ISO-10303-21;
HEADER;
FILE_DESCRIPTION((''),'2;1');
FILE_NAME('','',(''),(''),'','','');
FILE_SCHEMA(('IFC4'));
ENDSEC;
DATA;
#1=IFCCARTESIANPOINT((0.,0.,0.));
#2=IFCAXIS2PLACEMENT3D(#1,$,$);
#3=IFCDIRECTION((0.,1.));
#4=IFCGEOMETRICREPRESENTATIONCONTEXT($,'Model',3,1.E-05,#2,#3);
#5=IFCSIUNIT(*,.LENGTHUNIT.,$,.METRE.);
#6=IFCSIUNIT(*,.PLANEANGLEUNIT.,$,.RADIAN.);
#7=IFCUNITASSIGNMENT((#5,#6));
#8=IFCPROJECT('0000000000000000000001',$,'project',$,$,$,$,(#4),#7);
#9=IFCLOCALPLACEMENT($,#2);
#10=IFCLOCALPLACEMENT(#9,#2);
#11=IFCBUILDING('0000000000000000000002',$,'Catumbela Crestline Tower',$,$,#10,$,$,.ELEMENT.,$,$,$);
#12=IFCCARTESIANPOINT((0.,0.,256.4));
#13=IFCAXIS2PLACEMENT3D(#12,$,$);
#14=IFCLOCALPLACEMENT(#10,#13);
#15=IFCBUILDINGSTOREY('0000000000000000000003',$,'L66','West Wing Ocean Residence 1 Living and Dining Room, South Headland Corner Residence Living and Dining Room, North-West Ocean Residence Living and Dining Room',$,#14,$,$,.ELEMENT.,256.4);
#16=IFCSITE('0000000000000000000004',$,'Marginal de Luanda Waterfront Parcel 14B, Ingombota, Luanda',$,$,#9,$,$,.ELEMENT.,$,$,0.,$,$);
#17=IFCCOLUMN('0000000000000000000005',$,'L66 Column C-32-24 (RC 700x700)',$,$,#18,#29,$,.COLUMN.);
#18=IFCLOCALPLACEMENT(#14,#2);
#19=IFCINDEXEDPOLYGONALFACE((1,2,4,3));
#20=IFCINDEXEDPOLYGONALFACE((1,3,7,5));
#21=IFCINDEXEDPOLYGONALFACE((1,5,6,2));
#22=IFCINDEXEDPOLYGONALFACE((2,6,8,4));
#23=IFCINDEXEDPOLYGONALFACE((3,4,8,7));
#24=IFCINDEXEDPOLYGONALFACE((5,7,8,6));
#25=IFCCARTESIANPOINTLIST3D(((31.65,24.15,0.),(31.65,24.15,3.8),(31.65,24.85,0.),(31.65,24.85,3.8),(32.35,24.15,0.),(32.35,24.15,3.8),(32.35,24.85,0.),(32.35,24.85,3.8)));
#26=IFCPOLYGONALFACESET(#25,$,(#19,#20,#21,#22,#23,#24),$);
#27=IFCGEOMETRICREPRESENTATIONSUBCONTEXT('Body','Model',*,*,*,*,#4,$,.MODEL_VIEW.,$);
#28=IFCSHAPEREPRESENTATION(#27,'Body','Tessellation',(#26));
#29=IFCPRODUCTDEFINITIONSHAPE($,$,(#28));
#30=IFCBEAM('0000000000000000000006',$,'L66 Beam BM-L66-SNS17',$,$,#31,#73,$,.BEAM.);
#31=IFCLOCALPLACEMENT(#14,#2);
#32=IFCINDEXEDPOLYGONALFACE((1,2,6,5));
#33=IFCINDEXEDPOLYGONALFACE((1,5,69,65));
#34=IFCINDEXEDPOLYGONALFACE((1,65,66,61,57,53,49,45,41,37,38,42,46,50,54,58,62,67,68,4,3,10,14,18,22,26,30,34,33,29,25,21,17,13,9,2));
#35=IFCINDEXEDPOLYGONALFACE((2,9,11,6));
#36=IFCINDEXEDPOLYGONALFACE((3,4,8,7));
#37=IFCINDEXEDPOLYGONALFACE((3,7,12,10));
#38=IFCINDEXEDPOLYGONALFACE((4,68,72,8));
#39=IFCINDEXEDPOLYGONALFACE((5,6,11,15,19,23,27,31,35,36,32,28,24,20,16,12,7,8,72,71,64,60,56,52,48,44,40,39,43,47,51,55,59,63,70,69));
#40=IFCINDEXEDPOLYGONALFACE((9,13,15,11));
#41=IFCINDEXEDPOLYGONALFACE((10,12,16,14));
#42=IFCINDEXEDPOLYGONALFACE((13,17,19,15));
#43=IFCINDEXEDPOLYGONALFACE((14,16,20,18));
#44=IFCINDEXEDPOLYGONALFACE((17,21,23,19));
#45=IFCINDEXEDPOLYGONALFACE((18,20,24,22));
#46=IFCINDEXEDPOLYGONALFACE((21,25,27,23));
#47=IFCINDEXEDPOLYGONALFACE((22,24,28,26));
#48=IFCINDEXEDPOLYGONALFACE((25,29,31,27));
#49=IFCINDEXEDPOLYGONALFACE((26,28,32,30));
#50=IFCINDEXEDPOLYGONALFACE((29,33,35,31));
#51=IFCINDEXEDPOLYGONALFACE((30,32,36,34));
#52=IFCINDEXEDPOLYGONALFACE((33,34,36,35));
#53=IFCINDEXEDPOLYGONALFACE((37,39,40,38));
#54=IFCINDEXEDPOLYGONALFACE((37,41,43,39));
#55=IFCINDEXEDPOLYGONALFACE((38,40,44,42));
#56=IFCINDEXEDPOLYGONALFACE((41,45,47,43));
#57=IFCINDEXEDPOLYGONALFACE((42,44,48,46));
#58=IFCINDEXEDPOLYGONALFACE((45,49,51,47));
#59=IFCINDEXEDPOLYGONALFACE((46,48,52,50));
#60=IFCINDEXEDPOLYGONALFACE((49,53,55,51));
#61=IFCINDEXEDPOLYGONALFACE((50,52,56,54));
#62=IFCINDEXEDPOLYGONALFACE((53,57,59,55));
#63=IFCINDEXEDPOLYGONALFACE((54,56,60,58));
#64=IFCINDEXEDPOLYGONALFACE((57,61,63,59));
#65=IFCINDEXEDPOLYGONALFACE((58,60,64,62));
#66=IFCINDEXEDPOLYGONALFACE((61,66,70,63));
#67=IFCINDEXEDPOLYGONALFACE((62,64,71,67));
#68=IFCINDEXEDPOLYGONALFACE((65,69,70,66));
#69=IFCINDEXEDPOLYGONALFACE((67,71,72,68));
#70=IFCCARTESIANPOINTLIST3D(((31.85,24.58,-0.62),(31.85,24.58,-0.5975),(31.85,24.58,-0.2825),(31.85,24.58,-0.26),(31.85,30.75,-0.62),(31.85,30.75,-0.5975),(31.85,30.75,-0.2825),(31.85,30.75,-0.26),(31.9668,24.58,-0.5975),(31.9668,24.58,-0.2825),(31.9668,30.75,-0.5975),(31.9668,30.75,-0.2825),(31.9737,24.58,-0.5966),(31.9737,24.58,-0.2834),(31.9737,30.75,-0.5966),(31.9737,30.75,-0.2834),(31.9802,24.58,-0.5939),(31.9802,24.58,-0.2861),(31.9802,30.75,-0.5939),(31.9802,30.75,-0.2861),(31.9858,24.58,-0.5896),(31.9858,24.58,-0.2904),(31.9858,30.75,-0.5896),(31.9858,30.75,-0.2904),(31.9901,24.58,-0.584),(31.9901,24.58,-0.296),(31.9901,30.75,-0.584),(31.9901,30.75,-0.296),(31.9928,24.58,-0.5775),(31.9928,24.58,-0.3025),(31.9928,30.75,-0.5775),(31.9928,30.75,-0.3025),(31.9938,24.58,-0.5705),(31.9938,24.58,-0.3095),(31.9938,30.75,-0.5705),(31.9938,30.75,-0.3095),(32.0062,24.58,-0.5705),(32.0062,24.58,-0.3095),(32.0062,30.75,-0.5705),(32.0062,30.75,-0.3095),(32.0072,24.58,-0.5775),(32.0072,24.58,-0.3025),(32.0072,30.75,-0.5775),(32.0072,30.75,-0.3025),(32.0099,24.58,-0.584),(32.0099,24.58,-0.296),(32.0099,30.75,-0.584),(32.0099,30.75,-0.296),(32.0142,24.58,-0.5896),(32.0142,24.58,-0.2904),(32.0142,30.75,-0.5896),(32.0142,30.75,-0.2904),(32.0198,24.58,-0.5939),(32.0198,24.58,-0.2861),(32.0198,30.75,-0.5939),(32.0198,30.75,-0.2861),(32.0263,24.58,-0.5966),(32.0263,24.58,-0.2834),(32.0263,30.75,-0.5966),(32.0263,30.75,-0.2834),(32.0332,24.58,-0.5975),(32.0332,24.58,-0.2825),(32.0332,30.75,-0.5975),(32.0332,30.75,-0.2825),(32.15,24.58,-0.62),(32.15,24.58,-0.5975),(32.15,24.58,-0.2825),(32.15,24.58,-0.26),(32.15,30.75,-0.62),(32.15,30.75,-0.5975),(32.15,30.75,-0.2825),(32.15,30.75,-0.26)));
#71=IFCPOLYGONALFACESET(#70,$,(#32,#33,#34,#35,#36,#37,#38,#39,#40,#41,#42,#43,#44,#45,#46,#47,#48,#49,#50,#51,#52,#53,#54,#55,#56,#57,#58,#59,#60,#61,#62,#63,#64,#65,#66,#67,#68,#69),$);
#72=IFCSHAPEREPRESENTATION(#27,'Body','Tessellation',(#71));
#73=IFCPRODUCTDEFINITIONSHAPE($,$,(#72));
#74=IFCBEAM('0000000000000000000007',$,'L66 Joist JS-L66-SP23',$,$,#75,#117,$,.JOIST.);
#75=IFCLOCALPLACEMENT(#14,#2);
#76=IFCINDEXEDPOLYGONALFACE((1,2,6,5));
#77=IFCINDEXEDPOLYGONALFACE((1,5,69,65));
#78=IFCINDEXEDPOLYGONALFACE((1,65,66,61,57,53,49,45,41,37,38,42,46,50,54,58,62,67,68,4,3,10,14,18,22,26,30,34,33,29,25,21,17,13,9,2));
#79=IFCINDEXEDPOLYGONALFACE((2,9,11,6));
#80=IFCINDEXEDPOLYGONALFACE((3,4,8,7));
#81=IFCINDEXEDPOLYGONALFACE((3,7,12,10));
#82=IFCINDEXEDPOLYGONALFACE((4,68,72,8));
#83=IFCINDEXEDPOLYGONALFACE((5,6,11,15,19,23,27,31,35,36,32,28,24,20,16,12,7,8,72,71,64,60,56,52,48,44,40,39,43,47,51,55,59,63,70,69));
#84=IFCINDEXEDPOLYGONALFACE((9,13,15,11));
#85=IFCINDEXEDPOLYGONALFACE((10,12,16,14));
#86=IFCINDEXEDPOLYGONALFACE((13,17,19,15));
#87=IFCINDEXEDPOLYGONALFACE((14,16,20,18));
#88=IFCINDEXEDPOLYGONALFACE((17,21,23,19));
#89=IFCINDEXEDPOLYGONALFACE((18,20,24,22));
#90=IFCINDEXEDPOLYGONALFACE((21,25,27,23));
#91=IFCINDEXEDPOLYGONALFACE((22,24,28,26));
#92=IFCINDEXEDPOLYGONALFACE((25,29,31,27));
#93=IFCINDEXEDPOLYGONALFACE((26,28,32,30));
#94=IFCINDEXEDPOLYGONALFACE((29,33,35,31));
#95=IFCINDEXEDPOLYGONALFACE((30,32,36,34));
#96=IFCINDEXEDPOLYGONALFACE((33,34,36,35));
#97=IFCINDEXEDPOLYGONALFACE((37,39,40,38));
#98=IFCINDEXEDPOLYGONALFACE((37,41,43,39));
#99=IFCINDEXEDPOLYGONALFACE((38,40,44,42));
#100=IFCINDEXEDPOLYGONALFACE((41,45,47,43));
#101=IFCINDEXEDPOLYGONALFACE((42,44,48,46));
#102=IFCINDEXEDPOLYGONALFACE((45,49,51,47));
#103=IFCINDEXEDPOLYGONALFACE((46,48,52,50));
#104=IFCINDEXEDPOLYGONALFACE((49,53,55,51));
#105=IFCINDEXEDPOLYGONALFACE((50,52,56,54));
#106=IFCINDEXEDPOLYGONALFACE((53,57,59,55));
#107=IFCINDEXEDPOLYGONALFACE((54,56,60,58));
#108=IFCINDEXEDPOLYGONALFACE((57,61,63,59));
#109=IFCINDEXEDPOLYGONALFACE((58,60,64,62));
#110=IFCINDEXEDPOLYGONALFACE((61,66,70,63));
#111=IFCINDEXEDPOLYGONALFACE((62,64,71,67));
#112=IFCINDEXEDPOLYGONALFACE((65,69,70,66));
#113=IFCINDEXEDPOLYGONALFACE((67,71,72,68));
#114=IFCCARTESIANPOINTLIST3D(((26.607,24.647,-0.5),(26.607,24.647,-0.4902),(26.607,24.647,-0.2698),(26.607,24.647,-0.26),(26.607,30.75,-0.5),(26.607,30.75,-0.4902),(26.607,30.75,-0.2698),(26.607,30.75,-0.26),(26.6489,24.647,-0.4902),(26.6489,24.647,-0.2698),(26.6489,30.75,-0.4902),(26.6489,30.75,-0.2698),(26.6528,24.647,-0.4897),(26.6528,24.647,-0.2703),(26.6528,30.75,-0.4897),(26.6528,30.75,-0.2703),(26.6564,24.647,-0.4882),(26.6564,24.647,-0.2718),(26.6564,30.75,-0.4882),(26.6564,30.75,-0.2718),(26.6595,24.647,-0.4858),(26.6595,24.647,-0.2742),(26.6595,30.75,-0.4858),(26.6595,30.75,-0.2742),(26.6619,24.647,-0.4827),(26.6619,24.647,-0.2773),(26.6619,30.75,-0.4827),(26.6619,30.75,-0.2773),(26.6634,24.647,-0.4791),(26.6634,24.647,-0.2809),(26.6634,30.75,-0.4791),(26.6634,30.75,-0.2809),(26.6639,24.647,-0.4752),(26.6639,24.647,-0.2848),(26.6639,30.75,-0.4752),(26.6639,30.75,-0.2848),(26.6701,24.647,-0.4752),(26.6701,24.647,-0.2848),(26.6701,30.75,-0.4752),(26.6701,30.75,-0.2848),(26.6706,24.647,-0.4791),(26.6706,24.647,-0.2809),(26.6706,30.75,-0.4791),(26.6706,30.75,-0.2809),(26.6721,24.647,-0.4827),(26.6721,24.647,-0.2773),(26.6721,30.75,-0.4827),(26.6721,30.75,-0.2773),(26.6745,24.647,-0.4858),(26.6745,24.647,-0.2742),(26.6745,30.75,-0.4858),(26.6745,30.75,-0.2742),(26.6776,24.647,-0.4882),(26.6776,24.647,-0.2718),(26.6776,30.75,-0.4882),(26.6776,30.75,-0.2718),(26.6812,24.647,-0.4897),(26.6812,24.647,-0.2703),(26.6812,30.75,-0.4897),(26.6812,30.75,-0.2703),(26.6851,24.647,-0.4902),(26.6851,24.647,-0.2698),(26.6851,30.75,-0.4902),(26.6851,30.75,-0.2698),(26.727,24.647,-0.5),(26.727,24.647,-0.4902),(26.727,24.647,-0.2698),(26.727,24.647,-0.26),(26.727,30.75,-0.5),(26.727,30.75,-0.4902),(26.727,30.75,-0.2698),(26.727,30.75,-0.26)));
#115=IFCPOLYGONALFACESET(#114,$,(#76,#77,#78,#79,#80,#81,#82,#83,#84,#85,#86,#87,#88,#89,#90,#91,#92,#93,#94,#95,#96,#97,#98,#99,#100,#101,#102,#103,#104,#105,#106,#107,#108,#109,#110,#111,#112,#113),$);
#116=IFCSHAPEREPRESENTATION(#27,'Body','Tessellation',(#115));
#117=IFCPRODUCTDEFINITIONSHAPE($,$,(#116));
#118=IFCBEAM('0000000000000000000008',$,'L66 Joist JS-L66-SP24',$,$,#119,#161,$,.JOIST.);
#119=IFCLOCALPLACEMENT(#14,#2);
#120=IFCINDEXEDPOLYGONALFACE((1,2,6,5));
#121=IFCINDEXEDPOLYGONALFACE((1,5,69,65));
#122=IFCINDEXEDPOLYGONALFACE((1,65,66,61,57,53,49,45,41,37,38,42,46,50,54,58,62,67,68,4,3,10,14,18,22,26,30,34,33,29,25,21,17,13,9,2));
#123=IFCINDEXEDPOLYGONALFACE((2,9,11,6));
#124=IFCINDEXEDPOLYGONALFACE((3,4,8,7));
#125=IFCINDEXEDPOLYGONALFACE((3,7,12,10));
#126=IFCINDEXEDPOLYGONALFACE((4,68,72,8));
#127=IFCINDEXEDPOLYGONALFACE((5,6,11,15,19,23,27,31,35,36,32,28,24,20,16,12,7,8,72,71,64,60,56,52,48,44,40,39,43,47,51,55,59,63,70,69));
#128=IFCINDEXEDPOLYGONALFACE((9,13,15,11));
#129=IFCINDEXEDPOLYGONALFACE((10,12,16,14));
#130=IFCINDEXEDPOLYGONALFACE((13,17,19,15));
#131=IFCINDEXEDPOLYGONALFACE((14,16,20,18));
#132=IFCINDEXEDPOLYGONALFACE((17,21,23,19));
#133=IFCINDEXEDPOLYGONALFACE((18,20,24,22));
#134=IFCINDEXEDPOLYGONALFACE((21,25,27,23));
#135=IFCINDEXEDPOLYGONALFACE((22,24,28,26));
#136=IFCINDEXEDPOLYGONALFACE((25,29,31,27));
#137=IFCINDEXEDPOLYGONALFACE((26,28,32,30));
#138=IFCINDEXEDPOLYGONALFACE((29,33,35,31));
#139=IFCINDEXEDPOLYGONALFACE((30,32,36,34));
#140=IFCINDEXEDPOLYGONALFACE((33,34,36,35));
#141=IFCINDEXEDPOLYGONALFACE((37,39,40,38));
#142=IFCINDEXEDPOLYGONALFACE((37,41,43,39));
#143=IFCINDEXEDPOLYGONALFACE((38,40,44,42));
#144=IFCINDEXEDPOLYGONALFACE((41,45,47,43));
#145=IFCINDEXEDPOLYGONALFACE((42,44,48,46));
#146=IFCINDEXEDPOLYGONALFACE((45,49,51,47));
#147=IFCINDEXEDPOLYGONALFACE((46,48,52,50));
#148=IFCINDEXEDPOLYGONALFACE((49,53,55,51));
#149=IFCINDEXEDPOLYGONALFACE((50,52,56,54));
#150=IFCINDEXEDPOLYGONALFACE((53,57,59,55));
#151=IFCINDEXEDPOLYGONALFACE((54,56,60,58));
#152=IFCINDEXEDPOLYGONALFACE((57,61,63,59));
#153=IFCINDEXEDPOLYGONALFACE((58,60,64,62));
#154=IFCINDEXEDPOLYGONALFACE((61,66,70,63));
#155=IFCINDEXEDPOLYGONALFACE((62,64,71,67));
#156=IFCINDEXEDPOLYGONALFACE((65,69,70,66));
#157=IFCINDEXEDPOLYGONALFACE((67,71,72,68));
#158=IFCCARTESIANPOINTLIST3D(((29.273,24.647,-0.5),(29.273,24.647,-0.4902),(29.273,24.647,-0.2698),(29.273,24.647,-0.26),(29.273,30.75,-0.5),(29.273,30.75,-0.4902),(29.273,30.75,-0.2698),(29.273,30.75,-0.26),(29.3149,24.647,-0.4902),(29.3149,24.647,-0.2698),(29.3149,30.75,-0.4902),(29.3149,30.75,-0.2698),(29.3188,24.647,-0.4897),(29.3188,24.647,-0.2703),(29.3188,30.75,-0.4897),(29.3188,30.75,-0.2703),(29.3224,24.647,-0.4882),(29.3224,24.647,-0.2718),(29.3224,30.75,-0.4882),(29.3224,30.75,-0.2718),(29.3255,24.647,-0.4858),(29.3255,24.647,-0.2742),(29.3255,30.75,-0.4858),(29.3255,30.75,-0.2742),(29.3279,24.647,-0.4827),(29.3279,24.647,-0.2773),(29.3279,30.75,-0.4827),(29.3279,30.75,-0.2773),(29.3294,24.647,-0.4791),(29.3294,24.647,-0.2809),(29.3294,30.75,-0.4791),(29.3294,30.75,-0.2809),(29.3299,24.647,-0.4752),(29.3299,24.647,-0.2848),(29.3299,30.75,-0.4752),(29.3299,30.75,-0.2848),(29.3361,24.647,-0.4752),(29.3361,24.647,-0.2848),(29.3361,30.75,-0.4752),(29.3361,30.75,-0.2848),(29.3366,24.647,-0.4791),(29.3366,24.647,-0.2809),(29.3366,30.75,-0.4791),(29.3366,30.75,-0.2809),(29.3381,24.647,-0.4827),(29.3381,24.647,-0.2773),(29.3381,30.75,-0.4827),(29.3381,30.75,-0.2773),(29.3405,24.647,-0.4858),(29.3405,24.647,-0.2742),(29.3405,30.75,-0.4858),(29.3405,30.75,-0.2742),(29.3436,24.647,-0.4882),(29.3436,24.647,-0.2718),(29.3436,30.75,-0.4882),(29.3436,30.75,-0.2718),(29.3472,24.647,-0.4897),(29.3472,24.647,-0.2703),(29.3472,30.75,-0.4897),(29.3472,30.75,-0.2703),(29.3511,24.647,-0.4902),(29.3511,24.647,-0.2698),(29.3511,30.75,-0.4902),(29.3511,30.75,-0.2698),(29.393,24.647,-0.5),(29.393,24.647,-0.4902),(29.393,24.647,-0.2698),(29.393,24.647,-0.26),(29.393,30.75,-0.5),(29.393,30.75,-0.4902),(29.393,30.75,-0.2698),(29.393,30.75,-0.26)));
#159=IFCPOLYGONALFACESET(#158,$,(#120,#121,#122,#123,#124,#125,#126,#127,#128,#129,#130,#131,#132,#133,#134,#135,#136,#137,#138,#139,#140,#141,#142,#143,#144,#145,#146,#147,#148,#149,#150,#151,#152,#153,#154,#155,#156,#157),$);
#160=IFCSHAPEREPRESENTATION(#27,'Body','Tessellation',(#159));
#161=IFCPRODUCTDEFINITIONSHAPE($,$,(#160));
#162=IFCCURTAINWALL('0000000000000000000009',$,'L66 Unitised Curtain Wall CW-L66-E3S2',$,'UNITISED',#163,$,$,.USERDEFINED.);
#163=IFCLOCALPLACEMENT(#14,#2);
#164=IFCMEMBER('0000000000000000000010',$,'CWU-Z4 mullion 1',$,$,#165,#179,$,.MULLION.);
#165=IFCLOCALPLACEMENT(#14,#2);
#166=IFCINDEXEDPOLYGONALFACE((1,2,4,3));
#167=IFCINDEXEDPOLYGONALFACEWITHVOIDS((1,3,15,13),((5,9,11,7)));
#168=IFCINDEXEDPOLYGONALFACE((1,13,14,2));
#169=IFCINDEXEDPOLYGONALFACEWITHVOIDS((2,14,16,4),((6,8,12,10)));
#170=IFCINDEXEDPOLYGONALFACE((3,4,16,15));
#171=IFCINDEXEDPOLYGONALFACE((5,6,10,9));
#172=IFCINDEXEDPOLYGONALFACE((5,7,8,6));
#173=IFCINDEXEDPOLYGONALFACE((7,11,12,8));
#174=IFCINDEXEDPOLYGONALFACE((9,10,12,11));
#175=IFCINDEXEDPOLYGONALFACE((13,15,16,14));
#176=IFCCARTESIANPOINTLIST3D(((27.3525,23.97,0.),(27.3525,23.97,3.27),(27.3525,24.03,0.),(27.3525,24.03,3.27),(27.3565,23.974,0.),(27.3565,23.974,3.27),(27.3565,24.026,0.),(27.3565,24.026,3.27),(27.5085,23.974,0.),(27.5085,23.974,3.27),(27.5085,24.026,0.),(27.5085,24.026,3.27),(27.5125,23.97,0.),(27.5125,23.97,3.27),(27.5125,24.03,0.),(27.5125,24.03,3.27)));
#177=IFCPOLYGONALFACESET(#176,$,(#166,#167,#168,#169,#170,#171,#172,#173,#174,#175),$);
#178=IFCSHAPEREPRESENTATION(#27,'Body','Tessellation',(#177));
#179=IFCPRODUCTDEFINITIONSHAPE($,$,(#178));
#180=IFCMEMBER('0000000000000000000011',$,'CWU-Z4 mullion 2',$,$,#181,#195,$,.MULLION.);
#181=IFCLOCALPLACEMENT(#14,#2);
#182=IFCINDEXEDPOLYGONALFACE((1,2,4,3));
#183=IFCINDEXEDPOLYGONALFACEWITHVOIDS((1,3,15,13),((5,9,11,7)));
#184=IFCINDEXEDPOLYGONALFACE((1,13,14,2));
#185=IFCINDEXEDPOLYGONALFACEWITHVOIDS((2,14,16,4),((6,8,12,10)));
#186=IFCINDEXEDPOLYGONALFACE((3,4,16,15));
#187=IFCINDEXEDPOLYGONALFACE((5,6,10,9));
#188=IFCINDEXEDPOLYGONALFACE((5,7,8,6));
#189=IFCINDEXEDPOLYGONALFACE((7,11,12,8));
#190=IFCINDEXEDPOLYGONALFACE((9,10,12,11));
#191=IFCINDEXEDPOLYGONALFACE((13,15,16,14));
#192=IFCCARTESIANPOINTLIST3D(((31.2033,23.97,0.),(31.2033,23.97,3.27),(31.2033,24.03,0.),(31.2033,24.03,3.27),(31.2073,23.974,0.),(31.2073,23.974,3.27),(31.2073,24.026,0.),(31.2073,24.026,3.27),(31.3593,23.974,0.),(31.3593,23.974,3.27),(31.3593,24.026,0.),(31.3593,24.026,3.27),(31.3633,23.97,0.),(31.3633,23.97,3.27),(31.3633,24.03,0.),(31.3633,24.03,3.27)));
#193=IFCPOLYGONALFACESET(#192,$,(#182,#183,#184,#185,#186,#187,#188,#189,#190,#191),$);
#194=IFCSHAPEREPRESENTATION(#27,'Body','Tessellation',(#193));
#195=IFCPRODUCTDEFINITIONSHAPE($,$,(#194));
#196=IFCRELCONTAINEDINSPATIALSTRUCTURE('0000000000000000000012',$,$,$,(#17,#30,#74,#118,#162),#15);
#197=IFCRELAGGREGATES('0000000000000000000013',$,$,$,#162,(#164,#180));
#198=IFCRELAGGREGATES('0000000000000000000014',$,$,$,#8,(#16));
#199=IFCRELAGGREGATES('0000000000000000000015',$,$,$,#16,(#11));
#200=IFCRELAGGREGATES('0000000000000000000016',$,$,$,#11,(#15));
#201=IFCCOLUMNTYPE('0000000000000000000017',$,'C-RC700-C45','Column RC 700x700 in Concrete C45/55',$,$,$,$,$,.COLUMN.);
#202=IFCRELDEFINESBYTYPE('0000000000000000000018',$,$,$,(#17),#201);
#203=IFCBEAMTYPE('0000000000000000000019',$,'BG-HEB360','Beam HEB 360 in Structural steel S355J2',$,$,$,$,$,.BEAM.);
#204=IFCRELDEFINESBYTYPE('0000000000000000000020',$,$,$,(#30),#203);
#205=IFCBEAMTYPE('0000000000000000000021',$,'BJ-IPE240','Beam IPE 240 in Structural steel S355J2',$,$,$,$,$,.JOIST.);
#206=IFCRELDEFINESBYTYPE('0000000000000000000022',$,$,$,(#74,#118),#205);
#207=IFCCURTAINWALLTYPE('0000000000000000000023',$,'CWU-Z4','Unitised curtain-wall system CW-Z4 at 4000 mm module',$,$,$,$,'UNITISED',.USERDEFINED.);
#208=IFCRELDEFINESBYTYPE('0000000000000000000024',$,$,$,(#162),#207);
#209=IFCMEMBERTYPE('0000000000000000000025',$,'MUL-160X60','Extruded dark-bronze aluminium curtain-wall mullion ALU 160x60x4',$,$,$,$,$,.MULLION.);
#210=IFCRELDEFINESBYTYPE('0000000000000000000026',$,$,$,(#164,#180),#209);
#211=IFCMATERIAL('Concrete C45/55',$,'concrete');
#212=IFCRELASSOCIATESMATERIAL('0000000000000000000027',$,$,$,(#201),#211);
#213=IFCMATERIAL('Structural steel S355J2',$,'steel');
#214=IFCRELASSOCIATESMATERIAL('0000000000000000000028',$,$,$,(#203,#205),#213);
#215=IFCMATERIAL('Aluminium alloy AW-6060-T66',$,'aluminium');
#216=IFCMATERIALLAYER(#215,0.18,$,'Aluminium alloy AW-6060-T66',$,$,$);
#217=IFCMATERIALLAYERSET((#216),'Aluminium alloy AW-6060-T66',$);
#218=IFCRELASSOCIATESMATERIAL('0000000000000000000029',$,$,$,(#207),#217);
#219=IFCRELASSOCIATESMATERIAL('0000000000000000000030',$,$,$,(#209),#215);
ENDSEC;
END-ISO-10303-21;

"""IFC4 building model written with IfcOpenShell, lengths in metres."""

from ifc_helpers import new_model, si_unit, direction, frame, origin, origin_2d, place, context, subcontext, project, spatial, rectangle, hollow_rectangle, i_section, extrude, material, layer, layer_set, material_profile, profile_set, type_object, element, aggregate, save


model = new_model("IFC4")

# Units and contexts
model_context = context("Model", 3, precision=1e-05, world=origin(), true_north=direction((0.0, 1.0)))
body_context = subcontext(model_context, "Body", "Model", "MODEL_VIEW")
ifc_project = project(units=[si_unit("LENGTHUNIT", "METRE"), si_unit("PLANEANGLEUNIT", "RADIAN")], contexts=[model_context])

# Site, building, storey
site_placement = place(None, origin())
site = spatial("IfcSite", under=ifc_project, at=site_placement, Name="Marginal de Luanda Waterfront Parcel 14B, Ingombota, Luanda", CompositionType="ELEMENT", RefElevation=0.0)
building_placement = place(site_placement, origin())
building = spatial("IfcBuilding", under=site, at=building_placement, Name="Catumbela Crestline Tower", CompositionType="ELEMENT")
storey_placement = place(building_placement, frame((0.0, 0.0, 256.4)))
storey = spatial("IfcBuildingStorey", under=building, at=storey_placement, Name="L66", Description="West Wing Ocean Residence 1 Living and Dining Room, South Headland Corner Residence Living and Dining Room, North-West Ocean Residence Living and Dining Room", CompositionType="ELEMENT", Elevation=256.4)

# Column
ifc_material_1 = material(Name="Concrete C45/55", Category="concrete")
ifc_material_profile_1 = material_profile(ifc_material_1, rectangle(XDim=0.7, YDim=0.7, at=origin_2d()), Name="RC 700x700")
ifc_profile_set_1 = profile_set([ifc_material_profile_1], Name="Concrete C45/55")
column_type = type_object("IfcColumnType", Name="C-RC700-C45", Description="Column RC 700x700 in Concrete C45/55", PredefinedType="COLUMN", material=ifc_profile_set_1)
column_placement = place(storey_placement, frame((32.0, 24.5, 0.0), z_axis=(0.0, 0.0, 1.0), x_axis=(1.0, 0.0, 0.0)))
element("IfcColumn", 1, at=column_placement, inside=storey, type_object=column_type, Name="L66 Column C-32-24 (RC 700x700)", PredefinedType="COLUMN", context=body_context, shape_type="SweptSolid", body=[
    extrude(rectangle(XDim=0.7, YDim=0.7, at=origin_2d()), origin(), (0.0, 0.0, 1.0), 3.8),
])

# Beams
ifc_material_2 = material(Name="Structural steel S355J2", Category="steel")
ifc_material_profile_2 = material_profile(ifc_material_2, i_section(OverallWidth=0.3, OverallDepth=0.36, WebThickness=0.0125, FlangeThickness=0.0225, FilletRadius=0.027, at=origin_2d()), Name="HEB 360")
ifc_profile_set_2 = profile_set([ifc_material_profile_2], Name="Structural steel S355J2")
beam_type_1 = type_object("IfcBeamType", Name="BG-HEB360", Description="Beam HEB 360 in Structural steel S355J2", PredefinedType="BEAM", material=ifc_profile_set_2)
beam_1_placement = place(storey_placement, frame((32.0, 24.58, -0.44), z_axis=(0.0, 1.0, 0.0), x_axis=(-1.0, 0.0, 0.0)))
element("IfcBeam", 2, at=beam_1_placement, inside=storey, type_object=beam_type_1, Name="L66 Beam BM-L66-SNS17", PredefinedType="BEAM", context=body_context, shape_type="SweptSolid", body=[
    extrude(i_section(OverallWidth=0.3, OverallDepth=0.36, WebThickness=0.0125, FlangeThickness=0.0225, FilletRadius=0.027, at=origin_2d()), origin(), (0.0, 0.0, 1.0), 6.17),
])
ifc_material_profile_3 = material_profile(ifc_material_2, i_section(OverallWidth=0.12, OverallDepth=0.24, WebThickness=0.0062, FlangeThickness=0.0098, FilletRadius=0.015, at=origin_2d()), Name="IPE 240")
ifc_profile_set_3 = profile_set([ifc_material_profile_3], Name="Structural steel S355J2")
beam_type_2 = type_object("IfcBeamType", Name="BJ-IPE240", Description="Beam IPE 240 in Structural steel S355J2", PredefinedType="JOIST", material=ifc_profile_set_3)
for number, where, z_axis, x_axis, name in (
    (3, (26.667, 24.647, -0.38), (0.0, 1.0, 0.0), (-1.0, 0.0, 0.0), "L66 Joist JS-L66-SP23"),
    (4, (29.333, 24.647, -0.38), (0.0, 1.0, 0.0), (-1.0, 0.0, 0.0), "L66 Joist JS-L66-SP24"),
):
    element("IfcBeam", number, at=place(storey_placement, frame(where, z_axis=z_axis, x_axis=x_axis)), inside=storey, type_object=beam_type_2, Name=name, PredefinedType="JOIST", context=body_context, shape_type="SweptSolid", body=[
        extrude(i_section(OverallWidth=0.12, OverallDepth=0.24, WebThickness=0.0062, FlangeThickness=0.0098, FilletRadius=0.015, at=origin_2d()), origin(), (0.0, 0.0, 1.0), 6.103),
    ])

# Curtain wall, members
ifc_material_3 = material(Name="Aluminium alloy AW-6060-T66", Category="aluminium")
ifc_layer_1 = layer(ifc_material_3, 0.18, Name="Aluminium alloy AW-6060-T66")
ifc_layer_set_1 = layer_set([ifc_layer_1], Name="Aluminium alloy AW-6060-T66")
curtain_wall_type = type_object("IfcCurtainWallType", Name="CWU-Z4", Description="Unitised curtain-wall system CW-Z4 at 4000 mm module", ElementType="UNITISED", PredefinedType="USERDEFINED", material=ifc_layer_set_1)
curtain_wall_placement = place(storey_placement, origin())
curtain_wall = element("IfcCurtainWall", 5, at=curtain_wall_placement, inside=storey, type_object=curtain_wall_type, Name="L66 Unitised Curtain Wall CW-L66-E3S2", ObjectType="UNITISED", PredefinedType="USERDEFINED")
ifc_material_profile_4 = material_profile(ifc_material_3, hollow_rectangle(XDim=0.06, YDim=0.16, WallThickness=0.004, at=origin_2d()), Name="ALU 160x60x4")
ifc_profile_set_4 = profile_set([ifc_material_profile_4], Name="Aluminium alloy AW-6060-T66")
member_type_1 = type_object("IfcMemberType", Name="MUL-160X60", Description="Extruded dark-bronze aluminium curtain-wall mullion ALU 160x60x4", PredefinedType="MULLION", material=ifc_profile_set_4)
member_1_placement = place(storey_placement, frame((27.4325, 24.0, 0.0), z_axis=(0.0, 0.0, 1.0), x_axis=(0.0, 1.0, 0.0)))
member_1 = element("IfcMember", 6, at=member_1_placement, type_object=member_type_1, Name="CWU-Z4 mullion 1", PredefinedType="MULLION", context=body_context, shape_type="SweptSolid", body=[
    extrude(hollow_rectangle(XDim=0.06, YDim=0.16, WallThickness=0.004, at=origin_2d()), origin(), (0.0, 0.0, 1.0), 3.27),
])
member_2_placement = place(storey_placement, frame((31.2833, 24.0, 0.0), z_axis=(0.0, 0.0, 1.0), x_axis=(0.0, 1.0, 0.0)))
member_2 = element("IfcMember", 7, at=member_2_placement, type_object=member_type_1, Name="CWU-Z4 mullion 2", PredefinedType="MULLION", context=body_context, shape_type="SweptSolid", body=[
    extrude(hollow_rectangle(XDim=0.06, YDim=0.16, WallThickness=0.004, at=origin_2d()), origin(), (0.0, 0.0, 1.0), 3.27),
])

aggregate(curtain_wall, [member_1, member_2])

save(model, "model.ifc")
